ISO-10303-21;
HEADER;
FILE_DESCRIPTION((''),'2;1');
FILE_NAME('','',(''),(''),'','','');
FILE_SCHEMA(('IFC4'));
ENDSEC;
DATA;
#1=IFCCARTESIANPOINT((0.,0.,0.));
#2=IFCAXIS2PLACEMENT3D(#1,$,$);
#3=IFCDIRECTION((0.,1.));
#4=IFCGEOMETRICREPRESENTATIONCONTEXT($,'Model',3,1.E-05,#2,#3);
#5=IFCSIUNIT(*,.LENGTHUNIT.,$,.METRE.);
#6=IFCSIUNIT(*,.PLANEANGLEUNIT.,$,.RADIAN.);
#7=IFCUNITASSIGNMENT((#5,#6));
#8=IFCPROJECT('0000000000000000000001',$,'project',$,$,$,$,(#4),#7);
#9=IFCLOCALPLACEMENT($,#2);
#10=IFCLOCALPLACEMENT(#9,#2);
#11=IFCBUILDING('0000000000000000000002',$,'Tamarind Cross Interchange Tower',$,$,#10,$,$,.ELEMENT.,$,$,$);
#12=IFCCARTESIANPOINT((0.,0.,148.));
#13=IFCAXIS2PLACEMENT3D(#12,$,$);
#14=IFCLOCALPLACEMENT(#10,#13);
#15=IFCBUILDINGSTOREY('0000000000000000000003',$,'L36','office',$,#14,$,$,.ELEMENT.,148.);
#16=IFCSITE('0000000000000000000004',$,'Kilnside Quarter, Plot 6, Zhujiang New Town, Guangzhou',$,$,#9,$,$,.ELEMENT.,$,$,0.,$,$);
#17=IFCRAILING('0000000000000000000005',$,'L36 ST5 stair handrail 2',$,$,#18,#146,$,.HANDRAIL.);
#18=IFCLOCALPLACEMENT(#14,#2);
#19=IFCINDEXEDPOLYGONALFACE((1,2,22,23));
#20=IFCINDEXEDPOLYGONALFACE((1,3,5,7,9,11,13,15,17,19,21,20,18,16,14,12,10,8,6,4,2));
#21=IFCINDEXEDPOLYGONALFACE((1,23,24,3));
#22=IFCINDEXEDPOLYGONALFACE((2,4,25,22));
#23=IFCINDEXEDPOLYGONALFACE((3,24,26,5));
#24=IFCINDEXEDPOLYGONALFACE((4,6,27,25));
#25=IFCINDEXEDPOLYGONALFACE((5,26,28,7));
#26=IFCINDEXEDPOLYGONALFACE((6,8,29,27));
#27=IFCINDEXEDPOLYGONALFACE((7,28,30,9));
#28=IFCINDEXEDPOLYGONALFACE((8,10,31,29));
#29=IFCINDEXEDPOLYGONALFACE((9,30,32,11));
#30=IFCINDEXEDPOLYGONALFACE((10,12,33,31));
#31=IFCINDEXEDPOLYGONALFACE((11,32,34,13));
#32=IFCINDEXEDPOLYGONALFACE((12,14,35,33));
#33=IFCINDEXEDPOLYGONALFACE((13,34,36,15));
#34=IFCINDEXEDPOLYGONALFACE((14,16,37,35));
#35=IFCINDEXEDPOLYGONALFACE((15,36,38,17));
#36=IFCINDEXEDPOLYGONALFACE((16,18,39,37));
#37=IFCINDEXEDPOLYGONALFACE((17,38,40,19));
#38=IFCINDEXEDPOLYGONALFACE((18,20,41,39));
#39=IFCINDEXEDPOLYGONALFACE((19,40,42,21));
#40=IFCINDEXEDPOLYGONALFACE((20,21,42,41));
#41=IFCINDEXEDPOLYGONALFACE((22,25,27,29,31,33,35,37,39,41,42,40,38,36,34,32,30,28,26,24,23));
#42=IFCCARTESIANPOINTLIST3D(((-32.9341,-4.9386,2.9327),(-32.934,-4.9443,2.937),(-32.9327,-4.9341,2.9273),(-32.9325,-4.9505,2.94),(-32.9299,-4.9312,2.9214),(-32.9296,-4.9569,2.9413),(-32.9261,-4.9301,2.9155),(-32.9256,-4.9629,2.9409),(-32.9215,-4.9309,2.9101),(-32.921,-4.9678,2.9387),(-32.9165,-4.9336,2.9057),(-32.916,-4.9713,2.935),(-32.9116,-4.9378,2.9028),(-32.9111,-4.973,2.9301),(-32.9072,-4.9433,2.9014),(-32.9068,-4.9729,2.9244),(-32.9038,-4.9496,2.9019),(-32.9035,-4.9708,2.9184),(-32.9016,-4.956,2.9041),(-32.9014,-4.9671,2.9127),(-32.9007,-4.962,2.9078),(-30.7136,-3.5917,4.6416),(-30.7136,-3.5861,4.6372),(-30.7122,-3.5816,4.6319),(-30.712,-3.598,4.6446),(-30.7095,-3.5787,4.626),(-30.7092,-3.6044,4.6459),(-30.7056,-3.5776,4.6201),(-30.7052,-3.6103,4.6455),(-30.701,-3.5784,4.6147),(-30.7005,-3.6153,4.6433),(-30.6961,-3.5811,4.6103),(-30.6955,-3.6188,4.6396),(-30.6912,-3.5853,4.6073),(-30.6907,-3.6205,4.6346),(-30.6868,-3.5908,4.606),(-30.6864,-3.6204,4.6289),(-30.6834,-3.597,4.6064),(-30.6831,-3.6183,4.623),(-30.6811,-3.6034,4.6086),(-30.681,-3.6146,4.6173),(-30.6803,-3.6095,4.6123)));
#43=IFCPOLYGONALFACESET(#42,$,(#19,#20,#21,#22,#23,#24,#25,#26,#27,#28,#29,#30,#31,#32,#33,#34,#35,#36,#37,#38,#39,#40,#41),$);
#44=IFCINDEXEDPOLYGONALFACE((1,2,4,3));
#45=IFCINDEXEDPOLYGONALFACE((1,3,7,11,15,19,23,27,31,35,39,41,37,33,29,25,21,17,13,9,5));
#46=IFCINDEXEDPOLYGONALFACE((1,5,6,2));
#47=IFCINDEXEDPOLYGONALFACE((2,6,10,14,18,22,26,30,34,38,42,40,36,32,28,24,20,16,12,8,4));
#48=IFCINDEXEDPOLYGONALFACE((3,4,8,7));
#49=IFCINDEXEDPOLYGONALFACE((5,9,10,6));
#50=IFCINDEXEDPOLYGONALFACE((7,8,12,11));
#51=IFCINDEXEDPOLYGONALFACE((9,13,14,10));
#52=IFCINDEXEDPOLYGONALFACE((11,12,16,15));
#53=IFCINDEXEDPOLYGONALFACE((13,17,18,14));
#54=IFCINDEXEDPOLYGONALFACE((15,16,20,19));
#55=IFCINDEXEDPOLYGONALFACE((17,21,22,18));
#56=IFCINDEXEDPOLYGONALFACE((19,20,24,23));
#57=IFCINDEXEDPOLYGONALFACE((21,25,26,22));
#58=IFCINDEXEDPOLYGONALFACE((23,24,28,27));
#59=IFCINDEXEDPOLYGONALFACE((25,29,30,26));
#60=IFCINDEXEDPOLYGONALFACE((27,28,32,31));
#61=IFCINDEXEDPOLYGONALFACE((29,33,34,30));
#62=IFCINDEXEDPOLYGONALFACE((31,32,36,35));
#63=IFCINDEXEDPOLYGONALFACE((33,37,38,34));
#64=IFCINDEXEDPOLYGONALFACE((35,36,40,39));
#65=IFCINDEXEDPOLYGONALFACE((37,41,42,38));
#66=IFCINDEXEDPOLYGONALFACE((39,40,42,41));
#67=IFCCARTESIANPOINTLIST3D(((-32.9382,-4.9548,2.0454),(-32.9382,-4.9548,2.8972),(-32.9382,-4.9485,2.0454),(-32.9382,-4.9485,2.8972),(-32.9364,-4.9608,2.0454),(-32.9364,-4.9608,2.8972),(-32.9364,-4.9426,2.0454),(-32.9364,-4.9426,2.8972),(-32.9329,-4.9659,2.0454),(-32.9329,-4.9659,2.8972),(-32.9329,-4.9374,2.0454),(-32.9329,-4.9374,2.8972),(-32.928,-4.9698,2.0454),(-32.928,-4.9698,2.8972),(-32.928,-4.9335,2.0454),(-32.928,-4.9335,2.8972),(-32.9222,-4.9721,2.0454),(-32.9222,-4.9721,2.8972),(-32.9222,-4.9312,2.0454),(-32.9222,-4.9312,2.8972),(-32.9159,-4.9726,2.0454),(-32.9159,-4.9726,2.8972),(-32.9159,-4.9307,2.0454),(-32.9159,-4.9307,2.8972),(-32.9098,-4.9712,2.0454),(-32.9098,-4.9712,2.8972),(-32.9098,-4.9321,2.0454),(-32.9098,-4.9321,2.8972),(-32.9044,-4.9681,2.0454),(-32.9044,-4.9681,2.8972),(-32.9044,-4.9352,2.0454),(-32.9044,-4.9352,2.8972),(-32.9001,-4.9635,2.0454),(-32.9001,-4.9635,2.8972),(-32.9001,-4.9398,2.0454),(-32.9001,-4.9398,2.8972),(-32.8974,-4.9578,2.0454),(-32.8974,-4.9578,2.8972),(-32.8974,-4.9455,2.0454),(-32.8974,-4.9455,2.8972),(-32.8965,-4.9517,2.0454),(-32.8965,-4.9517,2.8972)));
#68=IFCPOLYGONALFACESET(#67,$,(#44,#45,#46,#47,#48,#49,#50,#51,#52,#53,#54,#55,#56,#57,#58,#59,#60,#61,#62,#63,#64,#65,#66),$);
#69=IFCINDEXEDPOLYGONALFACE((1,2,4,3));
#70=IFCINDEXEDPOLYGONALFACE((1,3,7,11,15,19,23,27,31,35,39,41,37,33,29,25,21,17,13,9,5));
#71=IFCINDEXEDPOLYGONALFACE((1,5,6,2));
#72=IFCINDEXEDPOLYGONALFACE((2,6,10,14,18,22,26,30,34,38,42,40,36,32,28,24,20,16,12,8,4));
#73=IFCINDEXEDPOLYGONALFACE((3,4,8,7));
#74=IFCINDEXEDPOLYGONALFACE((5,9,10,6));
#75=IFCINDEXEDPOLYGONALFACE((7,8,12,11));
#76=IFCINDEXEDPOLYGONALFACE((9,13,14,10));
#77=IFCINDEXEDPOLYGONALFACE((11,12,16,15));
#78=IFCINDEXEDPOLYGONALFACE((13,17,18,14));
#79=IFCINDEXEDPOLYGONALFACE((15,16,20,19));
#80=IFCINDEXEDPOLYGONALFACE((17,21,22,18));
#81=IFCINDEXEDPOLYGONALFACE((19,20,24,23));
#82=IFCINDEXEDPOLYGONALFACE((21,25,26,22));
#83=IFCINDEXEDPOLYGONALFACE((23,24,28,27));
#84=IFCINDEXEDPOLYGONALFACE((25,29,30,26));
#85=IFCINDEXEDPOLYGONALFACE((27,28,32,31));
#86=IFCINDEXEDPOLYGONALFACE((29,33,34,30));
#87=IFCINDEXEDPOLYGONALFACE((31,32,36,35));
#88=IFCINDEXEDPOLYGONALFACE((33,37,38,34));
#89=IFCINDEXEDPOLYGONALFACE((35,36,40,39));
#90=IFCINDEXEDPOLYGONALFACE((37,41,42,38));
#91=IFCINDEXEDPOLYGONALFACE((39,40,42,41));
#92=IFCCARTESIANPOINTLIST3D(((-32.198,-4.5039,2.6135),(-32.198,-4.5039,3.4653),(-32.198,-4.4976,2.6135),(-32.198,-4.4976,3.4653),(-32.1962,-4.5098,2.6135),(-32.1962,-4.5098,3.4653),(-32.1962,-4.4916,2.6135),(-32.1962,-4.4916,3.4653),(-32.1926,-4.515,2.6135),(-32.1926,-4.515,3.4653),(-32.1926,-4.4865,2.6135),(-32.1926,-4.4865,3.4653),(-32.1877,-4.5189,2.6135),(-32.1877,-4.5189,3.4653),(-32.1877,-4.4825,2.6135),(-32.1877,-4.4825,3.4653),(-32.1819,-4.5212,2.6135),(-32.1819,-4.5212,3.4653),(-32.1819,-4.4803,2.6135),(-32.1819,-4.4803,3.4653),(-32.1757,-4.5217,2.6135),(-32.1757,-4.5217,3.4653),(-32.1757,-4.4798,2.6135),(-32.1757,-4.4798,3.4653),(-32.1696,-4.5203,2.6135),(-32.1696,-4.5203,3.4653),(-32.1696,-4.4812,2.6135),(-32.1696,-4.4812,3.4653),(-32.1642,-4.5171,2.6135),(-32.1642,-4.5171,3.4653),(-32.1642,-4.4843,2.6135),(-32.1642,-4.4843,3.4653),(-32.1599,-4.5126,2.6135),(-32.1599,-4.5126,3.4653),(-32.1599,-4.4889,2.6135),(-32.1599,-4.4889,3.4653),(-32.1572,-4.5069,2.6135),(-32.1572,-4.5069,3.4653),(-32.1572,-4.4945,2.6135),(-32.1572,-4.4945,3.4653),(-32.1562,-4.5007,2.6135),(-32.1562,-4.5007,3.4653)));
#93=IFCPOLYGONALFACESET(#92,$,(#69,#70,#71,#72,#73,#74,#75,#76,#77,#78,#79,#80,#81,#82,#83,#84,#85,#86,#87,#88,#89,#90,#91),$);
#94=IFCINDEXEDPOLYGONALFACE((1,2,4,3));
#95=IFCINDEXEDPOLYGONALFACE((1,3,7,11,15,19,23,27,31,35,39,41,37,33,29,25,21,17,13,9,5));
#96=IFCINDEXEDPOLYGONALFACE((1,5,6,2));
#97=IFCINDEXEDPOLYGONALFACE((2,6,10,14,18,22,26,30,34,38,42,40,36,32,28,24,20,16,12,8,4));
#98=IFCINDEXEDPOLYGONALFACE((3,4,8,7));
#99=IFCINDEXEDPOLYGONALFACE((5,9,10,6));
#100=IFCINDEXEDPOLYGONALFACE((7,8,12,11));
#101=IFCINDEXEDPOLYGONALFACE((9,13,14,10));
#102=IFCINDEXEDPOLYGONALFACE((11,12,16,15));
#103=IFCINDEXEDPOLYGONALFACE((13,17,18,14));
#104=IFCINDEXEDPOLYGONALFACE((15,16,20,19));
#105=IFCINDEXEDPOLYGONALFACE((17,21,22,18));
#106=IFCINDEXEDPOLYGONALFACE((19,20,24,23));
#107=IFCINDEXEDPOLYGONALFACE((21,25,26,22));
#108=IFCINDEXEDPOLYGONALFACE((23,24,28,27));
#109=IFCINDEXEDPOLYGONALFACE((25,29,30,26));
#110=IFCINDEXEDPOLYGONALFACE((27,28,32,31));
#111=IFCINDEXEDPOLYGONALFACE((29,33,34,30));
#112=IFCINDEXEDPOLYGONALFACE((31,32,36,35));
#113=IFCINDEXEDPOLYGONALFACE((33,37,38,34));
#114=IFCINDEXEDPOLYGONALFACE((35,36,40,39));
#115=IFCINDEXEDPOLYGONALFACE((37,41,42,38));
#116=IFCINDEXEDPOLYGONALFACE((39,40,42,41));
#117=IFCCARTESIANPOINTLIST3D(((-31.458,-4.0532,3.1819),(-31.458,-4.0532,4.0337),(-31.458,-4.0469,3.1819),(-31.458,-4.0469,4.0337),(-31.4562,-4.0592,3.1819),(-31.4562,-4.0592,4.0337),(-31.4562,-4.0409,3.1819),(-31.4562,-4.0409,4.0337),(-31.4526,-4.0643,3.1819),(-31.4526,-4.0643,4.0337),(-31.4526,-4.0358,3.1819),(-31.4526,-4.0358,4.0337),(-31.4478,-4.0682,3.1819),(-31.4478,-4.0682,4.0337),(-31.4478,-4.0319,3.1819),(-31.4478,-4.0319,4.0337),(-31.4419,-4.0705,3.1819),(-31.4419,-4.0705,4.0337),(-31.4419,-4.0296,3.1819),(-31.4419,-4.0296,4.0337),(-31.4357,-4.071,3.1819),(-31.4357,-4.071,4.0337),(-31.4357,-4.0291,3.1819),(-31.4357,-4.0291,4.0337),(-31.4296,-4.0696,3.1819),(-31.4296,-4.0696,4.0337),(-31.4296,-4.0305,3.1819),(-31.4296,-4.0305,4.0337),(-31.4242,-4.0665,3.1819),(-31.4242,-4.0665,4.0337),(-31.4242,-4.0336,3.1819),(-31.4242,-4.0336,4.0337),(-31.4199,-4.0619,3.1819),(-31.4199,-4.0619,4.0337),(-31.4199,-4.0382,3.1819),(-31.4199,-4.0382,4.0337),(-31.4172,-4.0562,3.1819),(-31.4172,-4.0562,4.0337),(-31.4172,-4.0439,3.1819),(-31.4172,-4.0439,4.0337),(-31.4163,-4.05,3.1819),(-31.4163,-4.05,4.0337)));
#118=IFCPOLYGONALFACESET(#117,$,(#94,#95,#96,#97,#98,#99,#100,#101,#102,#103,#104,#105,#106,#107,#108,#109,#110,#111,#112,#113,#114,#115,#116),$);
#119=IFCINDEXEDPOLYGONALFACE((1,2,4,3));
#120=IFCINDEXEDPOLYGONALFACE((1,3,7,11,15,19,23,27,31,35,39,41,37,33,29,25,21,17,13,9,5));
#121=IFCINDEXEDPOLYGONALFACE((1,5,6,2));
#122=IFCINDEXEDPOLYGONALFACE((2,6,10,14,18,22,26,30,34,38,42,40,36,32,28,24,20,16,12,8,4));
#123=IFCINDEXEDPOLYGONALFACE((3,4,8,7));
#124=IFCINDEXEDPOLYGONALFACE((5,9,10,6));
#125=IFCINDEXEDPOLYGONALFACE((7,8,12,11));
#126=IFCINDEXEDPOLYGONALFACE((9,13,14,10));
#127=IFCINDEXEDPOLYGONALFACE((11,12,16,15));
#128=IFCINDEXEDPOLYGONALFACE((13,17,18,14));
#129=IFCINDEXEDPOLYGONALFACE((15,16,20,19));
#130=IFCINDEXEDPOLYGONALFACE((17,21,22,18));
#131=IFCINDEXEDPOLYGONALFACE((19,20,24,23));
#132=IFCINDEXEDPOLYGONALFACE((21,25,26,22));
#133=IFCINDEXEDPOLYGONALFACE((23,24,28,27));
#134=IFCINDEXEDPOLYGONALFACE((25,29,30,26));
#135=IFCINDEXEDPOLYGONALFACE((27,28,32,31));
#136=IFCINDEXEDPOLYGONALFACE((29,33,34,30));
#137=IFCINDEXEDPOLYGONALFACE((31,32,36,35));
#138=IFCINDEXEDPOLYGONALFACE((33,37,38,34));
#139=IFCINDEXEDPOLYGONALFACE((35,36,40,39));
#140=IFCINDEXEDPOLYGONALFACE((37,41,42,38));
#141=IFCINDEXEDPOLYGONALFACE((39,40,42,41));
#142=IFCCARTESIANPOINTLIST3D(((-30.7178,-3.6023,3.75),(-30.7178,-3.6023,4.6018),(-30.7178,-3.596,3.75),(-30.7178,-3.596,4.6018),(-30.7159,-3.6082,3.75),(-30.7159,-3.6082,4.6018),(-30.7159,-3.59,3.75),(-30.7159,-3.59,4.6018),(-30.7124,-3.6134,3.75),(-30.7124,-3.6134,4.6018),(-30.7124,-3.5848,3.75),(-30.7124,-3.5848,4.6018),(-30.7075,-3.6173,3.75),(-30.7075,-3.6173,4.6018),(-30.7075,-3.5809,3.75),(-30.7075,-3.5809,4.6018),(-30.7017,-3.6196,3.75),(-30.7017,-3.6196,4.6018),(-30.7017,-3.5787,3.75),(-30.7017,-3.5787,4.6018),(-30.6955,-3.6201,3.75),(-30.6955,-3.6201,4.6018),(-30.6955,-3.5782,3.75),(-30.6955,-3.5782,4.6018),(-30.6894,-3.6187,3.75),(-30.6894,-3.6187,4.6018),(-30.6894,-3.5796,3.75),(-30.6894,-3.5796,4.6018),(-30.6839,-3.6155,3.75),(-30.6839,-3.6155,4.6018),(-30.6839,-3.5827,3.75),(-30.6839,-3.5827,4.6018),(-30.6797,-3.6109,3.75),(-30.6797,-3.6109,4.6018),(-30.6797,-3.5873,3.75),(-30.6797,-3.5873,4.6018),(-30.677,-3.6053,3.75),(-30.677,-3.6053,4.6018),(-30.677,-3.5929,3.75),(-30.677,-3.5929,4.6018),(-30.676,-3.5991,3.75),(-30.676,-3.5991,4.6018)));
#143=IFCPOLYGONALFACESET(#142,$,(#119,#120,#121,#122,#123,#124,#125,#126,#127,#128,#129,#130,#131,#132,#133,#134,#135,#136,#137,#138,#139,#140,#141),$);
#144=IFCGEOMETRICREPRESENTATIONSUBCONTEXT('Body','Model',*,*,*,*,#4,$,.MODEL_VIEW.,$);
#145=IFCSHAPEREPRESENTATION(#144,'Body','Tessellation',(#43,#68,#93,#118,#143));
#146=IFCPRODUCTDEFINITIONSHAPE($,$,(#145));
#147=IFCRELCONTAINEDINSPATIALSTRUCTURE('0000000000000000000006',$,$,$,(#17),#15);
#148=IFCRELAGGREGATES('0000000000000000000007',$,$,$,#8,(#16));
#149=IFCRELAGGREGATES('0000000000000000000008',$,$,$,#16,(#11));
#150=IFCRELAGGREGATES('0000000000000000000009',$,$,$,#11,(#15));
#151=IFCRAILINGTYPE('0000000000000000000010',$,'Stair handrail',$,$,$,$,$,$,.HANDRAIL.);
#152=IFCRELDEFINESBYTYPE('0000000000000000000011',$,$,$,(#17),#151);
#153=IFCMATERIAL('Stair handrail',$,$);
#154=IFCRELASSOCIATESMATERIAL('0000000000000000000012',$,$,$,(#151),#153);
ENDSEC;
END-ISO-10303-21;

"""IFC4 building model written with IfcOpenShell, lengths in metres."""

from ifc_helpers import new_model, si_unit, direction, frame, origin, origin_2d, place, context, subcontext, project, spatial, circle, extrude, material, type_object, element, save


model = new_model("IFC4")

# Units and contexts
model_context = context("Model", 3, precision=1e-05, world=origin(), true_north=direction((0.0, 1.0)))
body_context = subcontext(model_context, "Body", "Model", "MODEL_VIEW")
ifc_project = project(units=[si_unit("LENGTHUNIT", "METRE"), si_unit("PLANEANGLEUNIT", "RADIAN")], contexts=[model_context])

# Site, building, storey
site_placement = place(None, origin())
site = spatial("IfcSite", under=ifc_project, at=site_placement, Name="Kilnside Quarter, Plot 6, Zhujiang New Town, Guangzhou", CompositionType="ELEMENT", RefElevation=0.0)
building_placement = place(site_placement, origin())
building = spatial("IfcBuilding", under=site, at=building_placement, Name="Tamarind Cross Interchange Tower", CompositionType="ELEMENT")
storey_placement = place(building_placement, frame((0.0, 0.0, 148.0)))
storey = spatial("IfcBuildingStorey", under=building, at=storey_placement, Name="L36", Description="office", CompositionType="ELEMENT", Elevation=148.0)

# Railing
ifc_material_1 = material(Name="Stair handrail")
railing_type_1 = type_object("IfcRailingType", Name="Stair handrail", PredefinedType="HANDRAIL", material=ifc_material_1)
railing_1_placement = place(storey_placement, frame((-32.9175, -4.9517, 2.0454)))
element("IfcRailing", 1, at=railing_1_placement, inside=storey, type_object=railing_type_1, Name="L36 ST5 stair handrail 2", PredefinedType="HANDRAIL", context=body_context, shape_type="SweptSolid", body=[
    extrude(circle(Radius=0.0239, at=origin_2d()), frame((0.0, 0.0, 0.876), z_axis=(0.71422, 0.43505, 0.548289), x_axis=(-0.520215, 0.854035, 0.0)), (0.0, 0.0, 1.0), 3.1089),
    extrude(circle(Radius=0.021, at=origin_2d()), origin(), (0.0, 0.0, 1.0), 0.8518),
    extrude(circle(Radius=0.021, at=origin_2d()), frame((0.7402, 0.4509, 0.5681)), (0.0, 0.0, 1.0), 0.8518),
    extrude(circle(Radius=0.021, at=origin_2d()), frame((1.4802, 0.9016, 1.1365)), (0.0, 0.0, 1.0), 0.8518),
    extrude(circle(Radius=0.021, at=origin_2d()), frame((2.2205, 1.3525, 1.7046)), (0.0, 0.0, 1.0), 0.8518),
])

save(model, "model.ifc")
